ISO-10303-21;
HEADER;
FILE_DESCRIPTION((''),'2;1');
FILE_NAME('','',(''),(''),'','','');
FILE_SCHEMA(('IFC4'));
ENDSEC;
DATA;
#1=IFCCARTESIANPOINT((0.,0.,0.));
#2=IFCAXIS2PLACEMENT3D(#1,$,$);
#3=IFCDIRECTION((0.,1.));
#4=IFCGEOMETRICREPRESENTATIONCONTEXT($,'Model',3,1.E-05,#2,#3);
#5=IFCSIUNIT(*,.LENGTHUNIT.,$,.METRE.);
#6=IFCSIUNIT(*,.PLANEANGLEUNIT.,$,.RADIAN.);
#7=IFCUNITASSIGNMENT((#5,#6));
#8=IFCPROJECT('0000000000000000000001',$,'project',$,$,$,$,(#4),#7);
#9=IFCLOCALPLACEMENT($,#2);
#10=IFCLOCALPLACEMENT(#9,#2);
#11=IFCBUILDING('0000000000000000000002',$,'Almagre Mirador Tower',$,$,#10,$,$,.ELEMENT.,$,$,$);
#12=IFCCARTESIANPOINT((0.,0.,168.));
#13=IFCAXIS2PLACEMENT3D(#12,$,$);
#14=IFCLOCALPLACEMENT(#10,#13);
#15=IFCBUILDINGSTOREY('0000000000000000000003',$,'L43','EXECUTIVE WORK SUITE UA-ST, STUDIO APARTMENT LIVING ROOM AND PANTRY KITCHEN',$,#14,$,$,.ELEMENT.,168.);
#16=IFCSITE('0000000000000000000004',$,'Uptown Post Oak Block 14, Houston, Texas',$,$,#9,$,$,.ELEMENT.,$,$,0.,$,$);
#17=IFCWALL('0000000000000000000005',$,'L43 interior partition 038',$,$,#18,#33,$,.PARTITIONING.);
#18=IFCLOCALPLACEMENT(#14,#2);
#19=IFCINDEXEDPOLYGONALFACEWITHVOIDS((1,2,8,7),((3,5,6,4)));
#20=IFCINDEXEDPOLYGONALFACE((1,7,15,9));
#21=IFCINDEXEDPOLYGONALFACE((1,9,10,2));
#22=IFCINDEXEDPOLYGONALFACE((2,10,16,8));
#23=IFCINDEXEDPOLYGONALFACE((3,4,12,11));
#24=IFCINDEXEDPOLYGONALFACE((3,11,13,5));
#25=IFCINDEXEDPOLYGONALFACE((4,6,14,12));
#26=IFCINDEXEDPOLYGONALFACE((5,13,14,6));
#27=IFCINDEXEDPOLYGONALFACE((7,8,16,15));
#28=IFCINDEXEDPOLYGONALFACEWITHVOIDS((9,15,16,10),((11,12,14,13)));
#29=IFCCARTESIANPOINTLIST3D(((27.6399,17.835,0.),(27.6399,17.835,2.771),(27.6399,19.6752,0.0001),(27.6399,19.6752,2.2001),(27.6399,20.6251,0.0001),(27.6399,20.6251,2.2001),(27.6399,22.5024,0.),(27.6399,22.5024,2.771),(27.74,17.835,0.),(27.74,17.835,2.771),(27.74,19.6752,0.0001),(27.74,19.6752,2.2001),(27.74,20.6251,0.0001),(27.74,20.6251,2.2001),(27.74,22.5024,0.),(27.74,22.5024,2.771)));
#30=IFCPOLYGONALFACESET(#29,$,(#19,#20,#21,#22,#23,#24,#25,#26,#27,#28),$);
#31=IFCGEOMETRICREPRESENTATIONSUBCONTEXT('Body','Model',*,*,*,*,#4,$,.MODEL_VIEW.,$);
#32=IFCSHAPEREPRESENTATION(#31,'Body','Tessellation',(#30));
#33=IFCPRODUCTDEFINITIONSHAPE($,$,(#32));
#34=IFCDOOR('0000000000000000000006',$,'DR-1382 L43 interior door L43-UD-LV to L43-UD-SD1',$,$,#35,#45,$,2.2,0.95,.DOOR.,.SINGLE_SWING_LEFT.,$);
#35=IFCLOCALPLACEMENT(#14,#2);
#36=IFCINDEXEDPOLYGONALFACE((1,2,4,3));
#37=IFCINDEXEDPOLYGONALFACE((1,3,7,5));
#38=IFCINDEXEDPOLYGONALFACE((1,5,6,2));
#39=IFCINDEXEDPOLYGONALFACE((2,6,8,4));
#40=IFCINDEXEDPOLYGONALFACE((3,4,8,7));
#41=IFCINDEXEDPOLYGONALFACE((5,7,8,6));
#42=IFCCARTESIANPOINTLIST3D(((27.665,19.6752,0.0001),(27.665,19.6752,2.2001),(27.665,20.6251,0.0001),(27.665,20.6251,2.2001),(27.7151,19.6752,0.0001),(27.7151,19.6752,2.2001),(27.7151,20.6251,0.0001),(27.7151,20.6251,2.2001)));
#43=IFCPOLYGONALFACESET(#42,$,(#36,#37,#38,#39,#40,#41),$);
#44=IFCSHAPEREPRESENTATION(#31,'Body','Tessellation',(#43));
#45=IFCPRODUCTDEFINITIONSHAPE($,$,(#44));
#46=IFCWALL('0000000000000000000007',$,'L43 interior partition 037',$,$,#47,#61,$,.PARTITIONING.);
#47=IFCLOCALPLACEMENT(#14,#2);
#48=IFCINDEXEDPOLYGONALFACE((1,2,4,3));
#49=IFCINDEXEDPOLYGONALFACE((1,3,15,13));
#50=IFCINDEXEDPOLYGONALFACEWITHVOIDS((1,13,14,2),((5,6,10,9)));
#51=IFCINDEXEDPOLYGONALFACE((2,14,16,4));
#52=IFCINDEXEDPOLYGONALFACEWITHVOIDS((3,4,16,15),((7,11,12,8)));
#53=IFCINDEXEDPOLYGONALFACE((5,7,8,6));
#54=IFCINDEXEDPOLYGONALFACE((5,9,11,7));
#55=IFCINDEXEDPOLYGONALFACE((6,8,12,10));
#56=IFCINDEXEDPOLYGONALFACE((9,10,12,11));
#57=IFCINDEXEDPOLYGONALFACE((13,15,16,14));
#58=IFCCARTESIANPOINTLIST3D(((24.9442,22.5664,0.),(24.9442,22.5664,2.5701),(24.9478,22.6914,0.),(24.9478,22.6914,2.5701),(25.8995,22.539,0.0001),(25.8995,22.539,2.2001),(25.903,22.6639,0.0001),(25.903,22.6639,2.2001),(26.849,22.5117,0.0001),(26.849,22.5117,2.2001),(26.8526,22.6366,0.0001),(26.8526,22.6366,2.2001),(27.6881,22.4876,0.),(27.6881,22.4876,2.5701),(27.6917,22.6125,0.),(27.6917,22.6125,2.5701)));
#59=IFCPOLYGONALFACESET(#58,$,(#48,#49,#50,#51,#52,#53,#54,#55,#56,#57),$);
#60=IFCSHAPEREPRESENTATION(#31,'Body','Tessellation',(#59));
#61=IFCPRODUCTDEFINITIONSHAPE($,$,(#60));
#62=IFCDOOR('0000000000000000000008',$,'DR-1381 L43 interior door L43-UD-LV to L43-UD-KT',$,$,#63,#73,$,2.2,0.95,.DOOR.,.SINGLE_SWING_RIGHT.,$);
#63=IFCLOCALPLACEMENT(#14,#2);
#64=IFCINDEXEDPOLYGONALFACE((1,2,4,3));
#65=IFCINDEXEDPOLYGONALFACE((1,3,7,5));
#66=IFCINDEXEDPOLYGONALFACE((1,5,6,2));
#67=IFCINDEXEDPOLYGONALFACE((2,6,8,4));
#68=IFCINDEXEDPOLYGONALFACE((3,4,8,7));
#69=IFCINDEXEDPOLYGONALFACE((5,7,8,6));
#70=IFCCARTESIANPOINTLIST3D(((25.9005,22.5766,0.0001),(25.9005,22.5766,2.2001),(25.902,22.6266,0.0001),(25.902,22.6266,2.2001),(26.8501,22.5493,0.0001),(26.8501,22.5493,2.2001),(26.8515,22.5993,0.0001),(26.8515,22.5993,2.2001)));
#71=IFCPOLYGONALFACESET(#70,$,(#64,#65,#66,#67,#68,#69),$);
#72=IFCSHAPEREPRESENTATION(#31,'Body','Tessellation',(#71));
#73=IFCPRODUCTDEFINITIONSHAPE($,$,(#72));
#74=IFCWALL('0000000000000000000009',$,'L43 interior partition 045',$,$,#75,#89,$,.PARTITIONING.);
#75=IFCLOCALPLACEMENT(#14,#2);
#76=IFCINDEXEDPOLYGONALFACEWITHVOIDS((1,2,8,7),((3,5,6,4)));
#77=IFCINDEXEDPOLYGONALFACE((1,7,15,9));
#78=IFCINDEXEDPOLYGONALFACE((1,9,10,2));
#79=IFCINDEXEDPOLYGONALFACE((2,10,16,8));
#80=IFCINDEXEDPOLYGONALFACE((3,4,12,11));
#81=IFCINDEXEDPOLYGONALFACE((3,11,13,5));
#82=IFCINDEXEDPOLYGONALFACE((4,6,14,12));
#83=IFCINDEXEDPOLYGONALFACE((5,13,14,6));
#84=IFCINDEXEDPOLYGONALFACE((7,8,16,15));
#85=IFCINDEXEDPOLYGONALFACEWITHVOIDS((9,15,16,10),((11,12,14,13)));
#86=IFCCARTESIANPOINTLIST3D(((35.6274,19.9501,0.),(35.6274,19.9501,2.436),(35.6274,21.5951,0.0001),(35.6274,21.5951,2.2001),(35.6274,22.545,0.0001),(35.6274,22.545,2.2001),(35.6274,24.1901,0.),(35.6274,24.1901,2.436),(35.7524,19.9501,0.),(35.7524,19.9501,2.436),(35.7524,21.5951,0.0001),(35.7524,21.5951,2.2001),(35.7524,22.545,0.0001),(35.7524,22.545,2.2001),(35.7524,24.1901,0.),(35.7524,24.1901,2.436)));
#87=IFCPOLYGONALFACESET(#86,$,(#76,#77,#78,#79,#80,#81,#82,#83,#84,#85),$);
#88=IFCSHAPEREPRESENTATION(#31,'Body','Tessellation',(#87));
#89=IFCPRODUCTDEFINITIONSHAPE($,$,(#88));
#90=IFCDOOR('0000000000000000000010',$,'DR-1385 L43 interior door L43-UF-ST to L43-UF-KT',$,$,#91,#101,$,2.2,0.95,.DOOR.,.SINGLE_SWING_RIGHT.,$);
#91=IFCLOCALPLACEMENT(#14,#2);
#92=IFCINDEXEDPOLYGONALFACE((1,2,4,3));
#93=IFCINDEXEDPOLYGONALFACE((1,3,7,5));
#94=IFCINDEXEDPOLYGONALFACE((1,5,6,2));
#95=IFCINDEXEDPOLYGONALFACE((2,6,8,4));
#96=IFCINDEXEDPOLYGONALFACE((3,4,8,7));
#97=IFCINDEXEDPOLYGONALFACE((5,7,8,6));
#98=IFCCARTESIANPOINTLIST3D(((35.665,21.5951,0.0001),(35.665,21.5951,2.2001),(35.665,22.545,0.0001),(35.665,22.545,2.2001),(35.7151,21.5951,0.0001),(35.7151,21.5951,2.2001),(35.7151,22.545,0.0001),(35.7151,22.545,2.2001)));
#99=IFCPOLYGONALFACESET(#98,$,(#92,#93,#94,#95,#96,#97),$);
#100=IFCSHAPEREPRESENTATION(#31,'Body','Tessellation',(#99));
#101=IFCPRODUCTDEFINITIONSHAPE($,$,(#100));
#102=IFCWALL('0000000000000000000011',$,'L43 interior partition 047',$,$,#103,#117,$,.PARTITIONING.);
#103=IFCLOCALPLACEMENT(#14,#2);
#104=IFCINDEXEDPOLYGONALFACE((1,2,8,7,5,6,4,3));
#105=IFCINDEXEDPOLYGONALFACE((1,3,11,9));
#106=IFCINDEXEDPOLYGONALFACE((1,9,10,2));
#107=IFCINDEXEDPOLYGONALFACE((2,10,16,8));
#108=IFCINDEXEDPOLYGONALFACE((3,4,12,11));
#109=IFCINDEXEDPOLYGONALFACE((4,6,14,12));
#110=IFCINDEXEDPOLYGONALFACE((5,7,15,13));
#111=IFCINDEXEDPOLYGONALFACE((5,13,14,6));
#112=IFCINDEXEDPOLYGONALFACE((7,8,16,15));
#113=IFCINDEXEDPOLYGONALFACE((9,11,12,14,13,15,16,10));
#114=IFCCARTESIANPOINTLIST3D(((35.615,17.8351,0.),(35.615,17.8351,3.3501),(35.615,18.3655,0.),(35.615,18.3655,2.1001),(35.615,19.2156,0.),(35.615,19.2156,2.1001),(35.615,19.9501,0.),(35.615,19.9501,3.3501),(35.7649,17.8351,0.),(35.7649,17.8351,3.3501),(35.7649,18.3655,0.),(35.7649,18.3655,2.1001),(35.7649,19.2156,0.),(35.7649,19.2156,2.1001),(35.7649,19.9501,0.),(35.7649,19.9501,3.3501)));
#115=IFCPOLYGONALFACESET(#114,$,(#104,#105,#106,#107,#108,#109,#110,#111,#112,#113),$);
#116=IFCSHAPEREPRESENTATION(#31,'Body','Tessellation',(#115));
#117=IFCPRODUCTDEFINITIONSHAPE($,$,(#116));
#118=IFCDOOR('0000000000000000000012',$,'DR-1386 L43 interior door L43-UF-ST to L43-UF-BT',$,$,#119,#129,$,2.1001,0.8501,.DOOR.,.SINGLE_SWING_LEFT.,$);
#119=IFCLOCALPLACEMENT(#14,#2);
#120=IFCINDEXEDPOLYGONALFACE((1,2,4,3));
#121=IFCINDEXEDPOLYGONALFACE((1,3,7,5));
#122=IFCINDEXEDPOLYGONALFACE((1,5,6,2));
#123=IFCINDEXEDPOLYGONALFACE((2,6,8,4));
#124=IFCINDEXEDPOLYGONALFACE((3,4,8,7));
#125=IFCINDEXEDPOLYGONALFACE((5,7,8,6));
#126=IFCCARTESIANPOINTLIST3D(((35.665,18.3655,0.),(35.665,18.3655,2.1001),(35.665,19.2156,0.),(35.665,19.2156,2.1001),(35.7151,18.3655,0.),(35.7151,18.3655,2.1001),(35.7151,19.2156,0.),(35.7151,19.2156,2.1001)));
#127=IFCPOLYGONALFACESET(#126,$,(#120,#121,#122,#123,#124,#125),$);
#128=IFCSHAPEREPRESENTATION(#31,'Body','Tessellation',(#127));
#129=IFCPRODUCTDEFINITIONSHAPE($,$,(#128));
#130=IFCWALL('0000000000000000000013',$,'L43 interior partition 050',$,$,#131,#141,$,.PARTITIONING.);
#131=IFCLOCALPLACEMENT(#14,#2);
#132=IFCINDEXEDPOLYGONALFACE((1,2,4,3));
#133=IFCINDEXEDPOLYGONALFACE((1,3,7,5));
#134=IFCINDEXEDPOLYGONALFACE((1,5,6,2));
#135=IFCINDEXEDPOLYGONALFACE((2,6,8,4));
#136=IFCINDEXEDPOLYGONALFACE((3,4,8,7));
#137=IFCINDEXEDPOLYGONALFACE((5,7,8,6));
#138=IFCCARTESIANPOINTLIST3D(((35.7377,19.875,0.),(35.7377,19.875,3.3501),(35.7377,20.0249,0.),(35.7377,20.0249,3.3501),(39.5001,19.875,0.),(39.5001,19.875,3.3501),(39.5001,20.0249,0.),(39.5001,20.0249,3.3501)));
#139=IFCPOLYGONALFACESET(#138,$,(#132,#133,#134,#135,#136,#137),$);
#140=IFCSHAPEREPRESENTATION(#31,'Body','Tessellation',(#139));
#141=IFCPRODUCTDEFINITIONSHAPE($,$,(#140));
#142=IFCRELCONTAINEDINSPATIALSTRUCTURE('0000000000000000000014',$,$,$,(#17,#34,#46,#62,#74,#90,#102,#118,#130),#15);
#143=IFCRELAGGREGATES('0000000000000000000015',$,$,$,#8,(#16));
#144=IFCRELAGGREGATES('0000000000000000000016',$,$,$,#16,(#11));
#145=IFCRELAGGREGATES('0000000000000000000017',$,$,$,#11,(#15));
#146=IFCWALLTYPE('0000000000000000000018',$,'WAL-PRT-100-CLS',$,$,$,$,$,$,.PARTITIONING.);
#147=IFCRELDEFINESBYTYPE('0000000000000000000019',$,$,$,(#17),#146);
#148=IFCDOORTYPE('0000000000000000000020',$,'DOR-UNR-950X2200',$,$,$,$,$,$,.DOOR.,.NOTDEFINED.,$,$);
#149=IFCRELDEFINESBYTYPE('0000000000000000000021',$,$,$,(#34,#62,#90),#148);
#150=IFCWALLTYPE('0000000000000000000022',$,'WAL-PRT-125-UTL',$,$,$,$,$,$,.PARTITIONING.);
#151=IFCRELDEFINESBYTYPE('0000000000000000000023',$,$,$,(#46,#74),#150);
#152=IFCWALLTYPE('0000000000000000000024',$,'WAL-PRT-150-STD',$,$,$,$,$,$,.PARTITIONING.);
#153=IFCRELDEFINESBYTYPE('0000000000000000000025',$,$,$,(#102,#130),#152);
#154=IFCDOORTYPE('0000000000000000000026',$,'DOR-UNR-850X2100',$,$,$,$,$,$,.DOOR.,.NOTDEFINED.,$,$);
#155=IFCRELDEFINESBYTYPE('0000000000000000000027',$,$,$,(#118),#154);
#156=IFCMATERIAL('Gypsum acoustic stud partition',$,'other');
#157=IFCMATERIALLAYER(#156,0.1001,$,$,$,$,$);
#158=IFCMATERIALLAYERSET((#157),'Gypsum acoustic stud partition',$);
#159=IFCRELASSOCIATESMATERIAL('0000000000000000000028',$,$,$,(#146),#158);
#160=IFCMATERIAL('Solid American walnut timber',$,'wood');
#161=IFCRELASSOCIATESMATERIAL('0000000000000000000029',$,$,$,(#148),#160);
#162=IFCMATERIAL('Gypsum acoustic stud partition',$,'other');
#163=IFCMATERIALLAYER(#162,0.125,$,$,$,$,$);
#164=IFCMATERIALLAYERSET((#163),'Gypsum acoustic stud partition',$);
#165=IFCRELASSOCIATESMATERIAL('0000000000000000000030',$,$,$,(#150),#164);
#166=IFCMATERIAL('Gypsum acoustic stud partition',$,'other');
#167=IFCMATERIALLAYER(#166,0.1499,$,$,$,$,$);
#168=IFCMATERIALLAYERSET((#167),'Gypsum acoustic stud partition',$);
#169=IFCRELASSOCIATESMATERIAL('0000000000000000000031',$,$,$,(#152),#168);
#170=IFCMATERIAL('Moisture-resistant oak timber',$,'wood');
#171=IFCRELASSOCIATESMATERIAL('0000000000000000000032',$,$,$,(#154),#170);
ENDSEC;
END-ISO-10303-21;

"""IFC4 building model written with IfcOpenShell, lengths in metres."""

from ifc_helpers import new_model, si_unit, direction, frame, frame_2d, origin, place, context, subcontext, project, spatial, rectangle, extrude, material, layer, layer_set, type_object, element, fill, save


model = new_model("IFC4")

# Units and contexts
model_context = context("Model", 3, precision=1e-05, world=origin(), true_north=direction((0.0, 1.0)))
body_context = subcontext(model_context, "Body", "Model", "MODEL_VIEW")
ifc_project = project(units=[si_unit("LENGTHUNIT", "METRE"), si_unit("PLANEANGLEUNIT", "RADIAN")], contexts=[model_context])

# Site, building, storey
site_placement = place(None, origin())
site = spatial("IfcSite", under=ifc_project, at=site_placement, Name="Uptown Post Oak Block 14, Houston, Texas", CompositionType="ELEMENT", RefElevation=0.0)
building_placement = place(site_placement, origin())
building = spatial("IfcBuilding", under=site, at=building_placement, Name="Almagre Mirador Tower", CompositionType="ELEMENT")
storey_placement = place(building_placement, frame((0.0, 0.0, 168.0)))
storey = spatial("IfcBuildingStorey", under=building, at=storey_placement, Name="L43", Description="EXECUTIVE WORK SUITE UA-ST, STUDIO APARTMENT LIVING ROOM AND PANTRY KITCHEN", CompositionType="ELEMENT", Elevation=168.0)

# Walls, openings, doors
ifc_material_1 = material(Name="Gypsum acoustic stud partition", Category="other")
ifc_layer_1 = layer(ifc_material_1, 0.1001)
ifc_layer_set_1 = layer_set([ifc_layer_1], Name="Gypsum acoustic stud partition")
wall_type_1 = type_object("IfcWallType", Name="WAL-PRT-100-CLS", PredefinedType="PARTITIONING", material=ifc_layer_set_1)
wall_1_placement = place(storey_placement, frame((27.6899, 17.835, 0.0), z_axis=(0.0, 0.0, 1.0), x_axis=(0.0, 1.0, 0.0)))
wall_1 = element("IfcWall", 1, at=wall_1_placement, inside=storey, type_object=wall_type_1, Name="L43 interior partition 038", PredefinedType="PARTITIONING", context=body_context, shape_type="SweptSolid", body=[
    extrude(rectangle(XDim=4.6675, YDim=0.1001, at=frame_2d((2.3337, 0.0))), origin(), (0.0, 0.0, 1.0), 2.771),
])
opening_1_placement = place(wall_1_placement, frame((1.8401, 0.0, 0.0)))
opening_1 = element("IfcOpeningElement", 2, at=opening_1_placement, cuts=wall_1, PredefinedType="OPENING", context=body_context, shape_type="SweptSolid", body=[
    extrude(rectangle(XDim=0.95, YDim=2.2, at=frame_2d((0.4751, 1.1001))), frame((0.0, 0.06, 0.0), z_axis=(0.0, -1.0, 0.0), x_axis=(1.0, 0.0, 0.0)), (0.0, 0.0, 1.0), 0.1201),
])
ifc_material_2 = material(Name="Solid American walnut timber", Category="wood")
door_type_1 = type_object("IfcDoorType", Name="DOR-UNR-950X2200", OperationType="NOTDEFINED", PredefinedType="DOOR", material=ifc_material_2)
door_1_placement = place(opening_1_placement, origin())
door_1 = element("IfcDoor", 3, at=door_1_placement, inside=storey, type_object=door_type_1, Name="DR-1382 L43 interior door L43-UD-LV to L43-UD-SD1", OperationType="SINGLE_SWING_LEFT", OverallHeight=2.2, OverallWidth=0.95, PredefinedType="DOOR", context=body_context, shape_type="SweptSolid", body=[
    extrude(rectangle(XDim=0.95, YDim=2.2, at=frame_2d((0.4751, 1.1001))), frame((0.0, 0.0249, 0.0), z_axis=(0.0, -1.0, 0.0), x_axis=(1.0, 0.0, 0.0)), (0.0, 0.0, 1.0), 0.05),
])
fill(opening_1, door_1)
ifc_material_3 = material(Name="Gypsum acoustic stud partition", Category="other")
ifc_layer_2 = layer(ifc_material_3, 0.125)
ifc_layer_set_2 = layer_set([ifc_layer_2], Name="Gypsum acoustic stud partition")
wall_type_2 = type_object("IfcWallType", Name="WAL-PRT-125-UTL", PredefinedType="PARTITIONING", material=ifc_layer_set_2)
wall_2_placement = place(storey_placement, frame((27.6899, 22.55, 0.0), z_axis=(0.0, 0.0, 1.0), x_axis=(-0.999587, 0.028727, 0.0)))
wall_2 = element("IfcWall", 4, at=wall_2_placement, inside=storey, type_object=wall_type_2, Name="L43 interior partition 037", PredefinedType="PARTITIONING", context=body_context, shape_type="SweptSolid", body=[
    extrude(rectangle(XDim=2.7451, YDim=0.125, at=frame_2d((1.3726, 0.0))), origin(), (0.0, 0.0, 1.0), 2.5701),
])
opening_2_placement = place(wall_2_placement, frame((0.8394, 0.0, 0.0)))
opening_2 = element("IfcOpeningElement", 5, at=opening_2_placement, cuts=wall_2, PredefinedType="OPENING", context=body_context, shape_type="SweptSolid", body=[
    extrude(rectangle(XDim=0.95, YDim=2.2, at=frame_2d((0.4751, 1.1001))), frame((0.0, 0.0725, 0.0), z_axis=(0.0, -1.0, 0.0), x_axis=(1.0, 0.0, 0.0)), (0.0, 0.0, 1.0), 0.145),
])
door_2_placement = place(opening_2_placement, origin())
door_2 = element("IfcDoor", 6, at=door_2_placement, inside=storey, type_object=door_type_1, Name="DR-1381 L43 interior door L43-UD-LV to L43-UD-KT", OperationType="SINGLE_SWING_RIGHT", OverallHeight=2.2, OverallWidth=0.95, PredefinedType="DOOR", context=body_context, shape_type="SweptSolid", body=[
    extrude(rectangle(XDim=0.95, YDim=2.2, at=frame_2d((0.4751, 1.1001))), frame((0.0, 0.0249, 0.0), z_axis=(0.0, -1.0, 0.0), x_axis=(1.0, 0.0, 0.0)), (0.0, 0.0, 1.0), 0.05),
])
fill(opening_2, door_2)
wall_3_placement = place(storey_placement, frame((35.6899, 19.95, 0.0), z_axis=(0.0, 0.0, 1.0), x_axis=(0.0, 1.0, 0.0)))
wall_3 = element("IfcWall", 7, at=wall_3_placement, inside=storey, type_object=wall_type_2, Name="L43 interior partition 045", PredefinedType="PARTITIONING", context=body_context, shape_type="SweptSolid", body=[
    extrude(rectangle(XDim=4.24, YDim=0.125, at=frame_2d((2.1201, 0.0))), origin(), (0.0, 0.0, 1.0), 2.436),
])
opening_3_placement = place(wall_3_placement, frame((1.645, 0.0, 0.0)))
opening_3 = element("IfcOpeningElement", 8, at=opening_3_placement, cuts=wall_3, PredefinedType="OPENING", context=body_context, shape_type="SweptSolid", body=[
    extrude(rectangle(XDim=0.95, YDim=2.2, at=frame_2d((0.4751, 1.1001))), frame((0.0, 0.0725, 0.0), z_axis=(0.0, -1.0, 0.0), x_axis=(1.0, 0.0, 0.0)), (0.0, 0.0, 1.0), 0.145),
])
door_3_placement = place(opening_3_placement, origin())
door_3 = element("IfcDoor", 9, at=door_3_placement, inside=storey, type_object=door_type_1, Name="DR-1385 L43 interior door L43-UF-ST to L43-UF-KT", OperationType="SINGLE_SWING_RIGHT", OverallHeight=2.2, OverallWidth=0.95, PredefinedType="DOOR", context=body_context, shape_type="SweptSolid", body=[
    extrude(rectangle(XDim=0.95, YDim=2.2, at=frame_2d((0.4751, 1.1001))), frame((0.0, 0.0249, 0.0), z_axis=(0.0, -1.0, 0.0), x_axis=(1.0, 0.0, 0.0)), (0.0, 0.0, 1.0), 0.05),
])
fill(opening_3, door_3)
ifc_material_4 = material(Name="Gypsum acoustic stud partition", Category="other")
ifc_layer_3 = layer(ifc_material_4, 0.1499)
ifc_layer_set_3 = layer_set([ifc_layer_3], Name="Gypsum acoustic stud partition")
wall_type_3 = type_object("IfcWallType", Name="WAL-PRT-150-STD", PredefinedType="PARTITIONING", material=ifc_layer_set_3)
wall_4_placement = place(storey_placement, frame((35.6899, 17.835, 0.0), z_axis=(0.0, 0.0, 1.0), x_axis=(0.0, 1.0, 0.0)))
wall_4 = element("IfcWall", 10, at=wall_4_placement, inside=storey, type_object=wall_type_3, Name="L43 interior partition 047", PredefinedType="PARTITIONING", context=body_context, shape_type="SweptSolid", body=[
    extrude(rectangle(XDim=2.115, YDim=0.1499, at=frame_2d((1.0576, 0.0))), origin(), (0.0, 0.0, 1.0), 3.3501),
])
opening_4_placement = place(wall_4_placement, frame((0.5305, 0.0, 0.0)))
opening_4 = element("IfcOpeningElement", 11, at=opening_4_placement, cuts=wall_4, PredefinedType="OPENING", context=body_context, shape_type="SweptSolid", body=[
    extrude(rectangle(XDim=0.8501, YDim=2.1001, at=frame_2d((0.425, 1.05))), frame((0.0, 0.085, 0.0), z_axis=(0.0, -1.0, 0.0), x_axis=(1.0, 0.0, 0.0)), (0.0, 0.0, 1.0), 0.1699),
])
ifc_material_5 = material(Name="Moisture-resistant oak timber", Category="wood")
door_type_2 = type_object("IfcDoorType", Name="DOR-UNR-850X2100", OperationType="NOTDEFINED", PredefinedType="DOOR", material=ifc_material_5)
door_4_placement = place(opening_4_placement, origin())
door_4 = element("IfcDoor", 12, at=door_4_placement, inside=storey, type_object=door_type_2, Name="DR-1386 L43 interior door L43-UF-ST to L43-UF-BT", OperationType="SINGLE_SWING_LEFT", OverallHeight=2.1001, OverallWidth=0.8501, PredefinedType="DOOR", context=body_context, shape_type="SweptSolid", body=[
    extrude(rectangle(XDim=0.8501, YDim=2.1001, at=frame_2d((0.425, 1.05))), frame((0.0, 0.0249, 0.0), z_axis=(0.0, -1.0, 0.0), x_axis=(1.0, 0.0, 0.0)), (0.0, 0.0, 1.0), 0.05),
])
fill(opening_4, door_4)

# Wall
wall_5_placement = place(storey_placement, frame((35.7375, 19.95, 0.0), z_axis=(0.0, 0.0, 1.0), x_axis=(1.0, 0.0, 0.0)))
element("IfcWall", 13, at=wall_5_placement, inside=storey, type_object=wall_type_3, Name="L43 interior partition 050", PredefinedType="PARTITIONING", context=body_context, shape_type="SweptSolid", body=[
    extrude(rectangle(XDim=3.7625, YDim=0.1499, at=frame_2d((1.8813, 0.0))), origin(), (0.0, 0.0, 1.0), 3.3501),
])

save(model, "model.ifc")
